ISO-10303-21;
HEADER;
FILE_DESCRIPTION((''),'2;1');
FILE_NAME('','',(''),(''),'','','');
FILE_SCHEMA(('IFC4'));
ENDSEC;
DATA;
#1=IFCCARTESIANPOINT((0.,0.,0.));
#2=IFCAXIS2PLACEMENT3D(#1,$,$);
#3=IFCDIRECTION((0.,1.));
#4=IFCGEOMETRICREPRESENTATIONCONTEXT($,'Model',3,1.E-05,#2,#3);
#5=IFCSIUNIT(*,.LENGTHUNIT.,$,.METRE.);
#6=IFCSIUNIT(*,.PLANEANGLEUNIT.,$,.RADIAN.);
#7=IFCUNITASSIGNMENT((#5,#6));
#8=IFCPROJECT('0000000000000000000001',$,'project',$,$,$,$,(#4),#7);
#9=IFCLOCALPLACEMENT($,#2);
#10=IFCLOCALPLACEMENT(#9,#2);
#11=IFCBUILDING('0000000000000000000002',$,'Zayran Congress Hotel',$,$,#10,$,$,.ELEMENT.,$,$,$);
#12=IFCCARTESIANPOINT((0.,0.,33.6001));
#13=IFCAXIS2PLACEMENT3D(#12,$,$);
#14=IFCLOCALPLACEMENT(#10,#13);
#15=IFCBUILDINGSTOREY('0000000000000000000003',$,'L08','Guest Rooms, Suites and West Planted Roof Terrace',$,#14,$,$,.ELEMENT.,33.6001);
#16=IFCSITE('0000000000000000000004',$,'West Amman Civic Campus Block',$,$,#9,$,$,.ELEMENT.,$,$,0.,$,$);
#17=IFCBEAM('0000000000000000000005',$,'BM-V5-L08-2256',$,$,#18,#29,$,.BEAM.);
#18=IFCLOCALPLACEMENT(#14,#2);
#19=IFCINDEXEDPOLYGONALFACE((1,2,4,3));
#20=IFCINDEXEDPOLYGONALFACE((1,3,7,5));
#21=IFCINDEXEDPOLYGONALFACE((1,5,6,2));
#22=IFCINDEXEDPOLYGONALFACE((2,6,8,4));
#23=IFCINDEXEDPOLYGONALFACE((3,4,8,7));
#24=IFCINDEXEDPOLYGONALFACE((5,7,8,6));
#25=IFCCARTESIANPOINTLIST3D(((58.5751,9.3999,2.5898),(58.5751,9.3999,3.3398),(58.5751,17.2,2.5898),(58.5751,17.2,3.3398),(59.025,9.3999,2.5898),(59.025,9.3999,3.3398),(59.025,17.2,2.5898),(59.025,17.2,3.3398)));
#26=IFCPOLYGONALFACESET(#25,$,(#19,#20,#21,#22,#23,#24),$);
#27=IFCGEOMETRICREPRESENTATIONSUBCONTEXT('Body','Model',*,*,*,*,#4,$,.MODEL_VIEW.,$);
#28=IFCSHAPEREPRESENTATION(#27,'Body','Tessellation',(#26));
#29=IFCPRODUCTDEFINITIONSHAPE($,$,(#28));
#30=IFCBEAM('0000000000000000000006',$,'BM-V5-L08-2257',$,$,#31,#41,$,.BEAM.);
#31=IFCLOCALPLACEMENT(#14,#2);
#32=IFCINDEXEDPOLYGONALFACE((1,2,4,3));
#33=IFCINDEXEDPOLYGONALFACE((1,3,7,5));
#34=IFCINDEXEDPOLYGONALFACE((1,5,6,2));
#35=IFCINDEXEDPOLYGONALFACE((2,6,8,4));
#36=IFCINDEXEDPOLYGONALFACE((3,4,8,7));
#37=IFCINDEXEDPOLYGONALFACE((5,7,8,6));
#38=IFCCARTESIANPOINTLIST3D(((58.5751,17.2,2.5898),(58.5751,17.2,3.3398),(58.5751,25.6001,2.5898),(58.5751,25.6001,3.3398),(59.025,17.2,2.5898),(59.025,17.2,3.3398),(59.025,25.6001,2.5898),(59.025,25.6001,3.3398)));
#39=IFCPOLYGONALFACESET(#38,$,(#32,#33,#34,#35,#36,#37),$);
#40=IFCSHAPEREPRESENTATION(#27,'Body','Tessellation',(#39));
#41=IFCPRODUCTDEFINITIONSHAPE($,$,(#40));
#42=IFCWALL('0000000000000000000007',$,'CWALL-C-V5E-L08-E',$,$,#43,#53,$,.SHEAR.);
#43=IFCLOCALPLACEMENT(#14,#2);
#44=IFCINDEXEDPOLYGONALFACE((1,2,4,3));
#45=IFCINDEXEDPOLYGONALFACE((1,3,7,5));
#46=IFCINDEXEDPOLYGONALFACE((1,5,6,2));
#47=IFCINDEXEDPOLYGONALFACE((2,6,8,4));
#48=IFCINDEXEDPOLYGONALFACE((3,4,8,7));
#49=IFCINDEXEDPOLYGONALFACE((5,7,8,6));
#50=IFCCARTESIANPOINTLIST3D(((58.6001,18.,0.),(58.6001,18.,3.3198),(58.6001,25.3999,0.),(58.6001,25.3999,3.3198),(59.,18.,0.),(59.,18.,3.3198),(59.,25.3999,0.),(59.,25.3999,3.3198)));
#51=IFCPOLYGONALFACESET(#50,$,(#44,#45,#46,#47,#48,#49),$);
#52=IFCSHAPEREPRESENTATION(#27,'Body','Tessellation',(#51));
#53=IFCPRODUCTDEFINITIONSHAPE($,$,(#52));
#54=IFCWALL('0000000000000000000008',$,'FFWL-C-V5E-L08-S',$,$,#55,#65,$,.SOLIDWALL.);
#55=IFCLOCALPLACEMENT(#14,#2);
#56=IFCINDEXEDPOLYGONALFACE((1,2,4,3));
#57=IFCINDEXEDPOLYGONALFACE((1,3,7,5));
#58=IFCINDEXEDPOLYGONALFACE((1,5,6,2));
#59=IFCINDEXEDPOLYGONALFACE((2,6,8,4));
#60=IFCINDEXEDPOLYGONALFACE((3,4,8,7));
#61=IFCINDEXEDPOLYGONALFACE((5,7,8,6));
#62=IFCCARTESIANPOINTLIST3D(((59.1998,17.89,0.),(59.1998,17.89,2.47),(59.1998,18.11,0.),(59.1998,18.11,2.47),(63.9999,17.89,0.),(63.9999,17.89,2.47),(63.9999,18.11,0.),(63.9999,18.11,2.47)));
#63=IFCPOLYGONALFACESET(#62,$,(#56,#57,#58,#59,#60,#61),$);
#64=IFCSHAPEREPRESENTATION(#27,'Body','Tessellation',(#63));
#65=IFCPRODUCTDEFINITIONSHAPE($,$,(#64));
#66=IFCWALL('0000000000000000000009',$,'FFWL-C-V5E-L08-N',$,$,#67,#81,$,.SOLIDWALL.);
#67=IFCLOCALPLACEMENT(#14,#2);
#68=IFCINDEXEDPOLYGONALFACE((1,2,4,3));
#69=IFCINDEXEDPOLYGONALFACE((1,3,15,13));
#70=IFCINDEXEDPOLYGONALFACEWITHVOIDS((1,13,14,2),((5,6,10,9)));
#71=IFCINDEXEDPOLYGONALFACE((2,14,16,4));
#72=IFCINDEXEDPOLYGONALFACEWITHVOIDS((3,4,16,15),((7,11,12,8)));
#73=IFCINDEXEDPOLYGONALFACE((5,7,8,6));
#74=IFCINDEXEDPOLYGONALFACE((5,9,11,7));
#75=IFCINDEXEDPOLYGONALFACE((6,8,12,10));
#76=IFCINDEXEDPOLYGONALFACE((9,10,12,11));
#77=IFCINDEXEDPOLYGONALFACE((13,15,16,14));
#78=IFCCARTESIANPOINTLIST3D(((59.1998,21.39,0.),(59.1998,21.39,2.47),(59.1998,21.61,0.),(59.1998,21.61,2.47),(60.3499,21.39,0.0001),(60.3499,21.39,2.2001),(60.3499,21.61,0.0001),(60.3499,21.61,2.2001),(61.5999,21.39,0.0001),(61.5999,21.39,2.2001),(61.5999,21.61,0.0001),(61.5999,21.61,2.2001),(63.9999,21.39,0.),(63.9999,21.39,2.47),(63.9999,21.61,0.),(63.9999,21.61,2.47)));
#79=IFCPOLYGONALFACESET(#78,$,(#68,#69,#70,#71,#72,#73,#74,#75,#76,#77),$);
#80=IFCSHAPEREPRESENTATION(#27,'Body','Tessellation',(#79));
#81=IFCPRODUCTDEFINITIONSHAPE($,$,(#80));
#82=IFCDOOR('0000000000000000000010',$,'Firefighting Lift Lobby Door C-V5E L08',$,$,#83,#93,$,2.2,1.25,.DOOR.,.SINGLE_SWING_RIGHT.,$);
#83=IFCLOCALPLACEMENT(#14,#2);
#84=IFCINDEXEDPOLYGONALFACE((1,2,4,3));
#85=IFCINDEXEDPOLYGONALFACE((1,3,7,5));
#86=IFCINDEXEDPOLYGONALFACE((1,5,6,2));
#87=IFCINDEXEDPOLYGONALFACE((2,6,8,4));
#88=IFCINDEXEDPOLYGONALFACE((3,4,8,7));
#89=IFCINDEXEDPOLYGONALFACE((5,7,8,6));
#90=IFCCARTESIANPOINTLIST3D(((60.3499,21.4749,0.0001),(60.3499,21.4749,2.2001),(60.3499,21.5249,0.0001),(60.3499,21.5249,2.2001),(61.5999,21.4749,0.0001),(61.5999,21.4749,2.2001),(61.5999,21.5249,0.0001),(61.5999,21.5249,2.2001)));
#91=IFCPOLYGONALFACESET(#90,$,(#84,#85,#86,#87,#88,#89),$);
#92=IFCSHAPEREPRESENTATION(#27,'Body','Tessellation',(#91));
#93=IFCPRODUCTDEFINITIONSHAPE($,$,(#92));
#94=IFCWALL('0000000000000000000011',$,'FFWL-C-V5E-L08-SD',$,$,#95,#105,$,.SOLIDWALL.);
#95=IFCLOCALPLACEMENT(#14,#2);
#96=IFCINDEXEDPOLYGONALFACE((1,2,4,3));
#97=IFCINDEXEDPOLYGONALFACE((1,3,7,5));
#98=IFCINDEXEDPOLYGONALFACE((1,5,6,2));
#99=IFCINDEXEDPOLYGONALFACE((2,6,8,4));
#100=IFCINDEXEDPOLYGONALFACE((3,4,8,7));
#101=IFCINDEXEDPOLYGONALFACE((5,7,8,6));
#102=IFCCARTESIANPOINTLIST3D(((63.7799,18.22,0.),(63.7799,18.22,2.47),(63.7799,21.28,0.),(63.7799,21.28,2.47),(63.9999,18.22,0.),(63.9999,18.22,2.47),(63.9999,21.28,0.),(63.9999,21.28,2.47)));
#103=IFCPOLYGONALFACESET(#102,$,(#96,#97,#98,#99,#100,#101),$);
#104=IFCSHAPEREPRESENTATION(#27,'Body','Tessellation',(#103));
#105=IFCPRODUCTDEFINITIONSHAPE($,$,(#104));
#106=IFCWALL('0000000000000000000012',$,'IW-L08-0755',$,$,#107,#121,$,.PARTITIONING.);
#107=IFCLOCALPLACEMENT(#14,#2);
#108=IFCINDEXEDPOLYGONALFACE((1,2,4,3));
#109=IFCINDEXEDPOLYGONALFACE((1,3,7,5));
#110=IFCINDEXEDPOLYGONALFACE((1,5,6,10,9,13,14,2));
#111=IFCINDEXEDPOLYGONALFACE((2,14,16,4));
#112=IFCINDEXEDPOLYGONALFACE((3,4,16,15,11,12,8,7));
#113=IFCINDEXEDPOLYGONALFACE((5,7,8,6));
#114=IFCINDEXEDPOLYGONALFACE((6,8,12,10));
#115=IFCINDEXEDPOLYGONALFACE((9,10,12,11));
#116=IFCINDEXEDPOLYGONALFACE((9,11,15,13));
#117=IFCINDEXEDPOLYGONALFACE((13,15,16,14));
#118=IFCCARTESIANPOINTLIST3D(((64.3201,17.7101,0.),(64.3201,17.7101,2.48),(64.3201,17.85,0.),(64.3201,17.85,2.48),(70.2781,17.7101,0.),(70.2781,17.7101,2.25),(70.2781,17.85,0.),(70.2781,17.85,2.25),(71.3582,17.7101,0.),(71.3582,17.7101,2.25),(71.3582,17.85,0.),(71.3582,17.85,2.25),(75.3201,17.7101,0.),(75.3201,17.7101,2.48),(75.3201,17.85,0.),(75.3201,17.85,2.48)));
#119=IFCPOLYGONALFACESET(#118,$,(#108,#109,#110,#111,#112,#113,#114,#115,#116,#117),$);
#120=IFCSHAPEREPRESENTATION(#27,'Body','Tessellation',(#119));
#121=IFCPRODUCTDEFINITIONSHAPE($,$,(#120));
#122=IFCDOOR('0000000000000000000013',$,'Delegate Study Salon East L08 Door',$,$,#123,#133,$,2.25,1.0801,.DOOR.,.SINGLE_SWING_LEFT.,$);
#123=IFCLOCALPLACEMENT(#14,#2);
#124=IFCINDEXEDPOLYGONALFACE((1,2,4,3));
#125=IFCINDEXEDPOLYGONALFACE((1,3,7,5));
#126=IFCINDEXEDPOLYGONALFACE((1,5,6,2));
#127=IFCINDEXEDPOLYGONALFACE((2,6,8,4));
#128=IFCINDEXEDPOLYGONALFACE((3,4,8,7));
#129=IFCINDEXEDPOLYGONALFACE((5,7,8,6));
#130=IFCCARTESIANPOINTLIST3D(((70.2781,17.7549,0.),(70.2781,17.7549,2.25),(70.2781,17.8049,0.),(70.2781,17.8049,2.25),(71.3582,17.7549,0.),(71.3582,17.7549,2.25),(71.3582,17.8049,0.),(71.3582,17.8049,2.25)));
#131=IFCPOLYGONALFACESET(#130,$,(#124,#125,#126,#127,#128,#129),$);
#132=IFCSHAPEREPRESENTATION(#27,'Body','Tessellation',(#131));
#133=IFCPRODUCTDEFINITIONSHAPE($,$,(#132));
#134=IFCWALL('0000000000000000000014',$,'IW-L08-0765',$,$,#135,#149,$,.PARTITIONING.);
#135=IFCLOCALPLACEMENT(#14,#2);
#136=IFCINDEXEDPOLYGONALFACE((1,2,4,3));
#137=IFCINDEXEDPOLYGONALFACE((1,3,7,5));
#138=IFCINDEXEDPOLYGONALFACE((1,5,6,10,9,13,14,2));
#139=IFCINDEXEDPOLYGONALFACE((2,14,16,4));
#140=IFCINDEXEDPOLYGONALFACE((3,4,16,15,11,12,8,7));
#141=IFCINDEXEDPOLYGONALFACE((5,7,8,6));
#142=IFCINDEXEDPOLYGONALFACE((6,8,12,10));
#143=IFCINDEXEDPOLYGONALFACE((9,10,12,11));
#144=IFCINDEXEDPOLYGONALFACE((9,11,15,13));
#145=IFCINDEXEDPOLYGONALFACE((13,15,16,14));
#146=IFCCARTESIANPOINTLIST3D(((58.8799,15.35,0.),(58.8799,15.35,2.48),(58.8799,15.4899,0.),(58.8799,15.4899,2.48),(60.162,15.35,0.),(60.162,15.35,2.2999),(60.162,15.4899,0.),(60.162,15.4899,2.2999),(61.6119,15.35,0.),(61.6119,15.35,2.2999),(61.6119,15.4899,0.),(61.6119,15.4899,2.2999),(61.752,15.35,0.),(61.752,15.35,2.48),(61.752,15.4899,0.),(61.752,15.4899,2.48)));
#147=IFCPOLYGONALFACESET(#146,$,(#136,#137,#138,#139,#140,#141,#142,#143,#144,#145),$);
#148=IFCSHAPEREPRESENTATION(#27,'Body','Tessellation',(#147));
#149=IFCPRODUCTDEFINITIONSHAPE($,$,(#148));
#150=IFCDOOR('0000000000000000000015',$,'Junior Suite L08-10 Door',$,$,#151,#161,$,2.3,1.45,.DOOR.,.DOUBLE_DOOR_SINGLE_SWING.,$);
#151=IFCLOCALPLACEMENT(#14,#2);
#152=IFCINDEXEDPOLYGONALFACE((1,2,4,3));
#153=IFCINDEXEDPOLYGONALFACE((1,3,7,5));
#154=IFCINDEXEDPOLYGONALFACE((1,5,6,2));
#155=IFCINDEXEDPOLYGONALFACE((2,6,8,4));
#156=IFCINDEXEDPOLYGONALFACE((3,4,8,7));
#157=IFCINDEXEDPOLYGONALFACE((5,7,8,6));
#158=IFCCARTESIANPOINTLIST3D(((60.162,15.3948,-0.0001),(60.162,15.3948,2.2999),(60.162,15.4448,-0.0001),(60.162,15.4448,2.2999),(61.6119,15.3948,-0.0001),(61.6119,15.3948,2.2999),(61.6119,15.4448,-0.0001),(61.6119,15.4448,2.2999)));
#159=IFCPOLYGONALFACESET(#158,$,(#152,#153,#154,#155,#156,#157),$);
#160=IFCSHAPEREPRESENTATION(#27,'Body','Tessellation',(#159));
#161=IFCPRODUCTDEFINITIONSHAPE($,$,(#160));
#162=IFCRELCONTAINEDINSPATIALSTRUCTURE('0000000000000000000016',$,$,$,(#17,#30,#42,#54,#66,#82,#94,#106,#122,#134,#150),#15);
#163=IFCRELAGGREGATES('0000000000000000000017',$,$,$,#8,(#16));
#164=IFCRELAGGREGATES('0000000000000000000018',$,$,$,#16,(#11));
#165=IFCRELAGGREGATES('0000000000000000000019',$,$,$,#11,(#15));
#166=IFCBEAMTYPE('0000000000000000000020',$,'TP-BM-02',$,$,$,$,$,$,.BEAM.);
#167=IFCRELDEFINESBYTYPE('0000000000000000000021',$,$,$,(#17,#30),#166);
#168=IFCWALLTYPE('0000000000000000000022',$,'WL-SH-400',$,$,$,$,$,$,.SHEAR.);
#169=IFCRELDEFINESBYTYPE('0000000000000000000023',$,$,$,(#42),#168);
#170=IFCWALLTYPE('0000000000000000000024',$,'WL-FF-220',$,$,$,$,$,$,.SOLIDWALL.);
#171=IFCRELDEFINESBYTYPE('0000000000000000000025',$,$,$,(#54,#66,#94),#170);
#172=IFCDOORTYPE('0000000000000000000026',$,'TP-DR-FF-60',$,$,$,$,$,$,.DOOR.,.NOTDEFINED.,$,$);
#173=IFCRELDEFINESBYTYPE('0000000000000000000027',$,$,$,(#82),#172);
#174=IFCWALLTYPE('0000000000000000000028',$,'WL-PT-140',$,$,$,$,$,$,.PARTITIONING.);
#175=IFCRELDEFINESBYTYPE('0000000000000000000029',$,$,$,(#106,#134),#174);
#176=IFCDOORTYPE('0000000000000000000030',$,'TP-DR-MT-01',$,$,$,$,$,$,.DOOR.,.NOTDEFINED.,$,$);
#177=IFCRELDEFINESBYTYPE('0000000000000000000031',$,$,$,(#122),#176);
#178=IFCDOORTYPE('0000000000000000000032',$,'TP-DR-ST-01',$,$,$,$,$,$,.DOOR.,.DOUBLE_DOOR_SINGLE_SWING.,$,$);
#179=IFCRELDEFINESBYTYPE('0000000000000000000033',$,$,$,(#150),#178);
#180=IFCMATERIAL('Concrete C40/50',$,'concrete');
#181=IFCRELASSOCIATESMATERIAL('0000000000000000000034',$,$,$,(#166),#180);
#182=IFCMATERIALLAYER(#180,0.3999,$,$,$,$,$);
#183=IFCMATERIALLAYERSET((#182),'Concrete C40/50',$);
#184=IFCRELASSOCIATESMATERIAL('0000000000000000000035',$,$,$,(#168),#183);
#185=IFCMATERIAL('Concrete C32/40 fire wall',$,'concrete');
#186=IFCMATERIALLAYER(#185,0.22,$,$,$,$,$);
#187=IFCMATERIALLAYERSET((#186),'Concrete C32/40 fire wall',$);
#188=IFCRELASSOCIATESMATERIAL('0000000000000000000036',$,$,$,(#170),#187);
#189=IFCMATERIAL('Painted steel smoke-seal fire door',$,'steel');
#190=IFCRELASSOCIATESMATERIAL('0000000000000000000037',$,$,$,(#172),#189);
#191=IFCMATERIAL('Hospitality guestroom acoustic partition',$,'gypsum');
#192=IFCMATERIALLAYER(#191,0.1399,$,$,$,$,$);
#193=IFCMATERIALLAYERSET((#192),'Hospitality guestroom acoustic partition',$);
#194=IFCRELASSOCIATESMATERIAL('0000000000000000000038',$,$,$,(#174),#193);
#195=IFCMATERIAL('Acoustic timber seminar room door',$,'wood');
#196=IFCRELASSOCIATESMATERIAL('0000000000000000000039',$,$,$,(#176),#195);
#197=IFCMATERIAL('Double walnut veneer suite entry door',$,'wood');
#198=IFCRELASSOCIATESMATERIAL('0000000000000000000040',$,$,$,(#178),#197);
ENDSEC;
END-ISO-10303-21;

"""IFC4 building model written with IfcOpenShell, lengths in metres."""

from ifc_helpers import new_model, si_unit, direction, frame, frame_2d, origin, origin_2d, place, context, subcontext, project, spatial, rectangle, extrude, material, layer, layer_set, material_profile, profile_set, type_object, element, fill, save


model = new_model("IFC4")

# Units and contexts
model_context = context("Model", 3, precision=1e-05, world=origin(), true_north=direction((0.0, 1.0)))
body_context = subcontext(model_context, "Body", "Model", "MODEL_VIEW")
ifc_project = project(units=[si_unit("LENGTHUNIT", "METRE"), si_unit("PLANEANGLEUNIT", "RADIAN")], contexts=[model_context])

# Site, building, storey
site_placement = place(None, origin())
site = spatial("IfcSite", under=ifc_project, at=site_placement, Name="West Amman Civic Campus Block", CompositionType="ELEMENT", RefElevation=0.0)
building_placement = place(site_placement, origin())
building = spatial("IfcBuilding", under=site, at=building_placement, Name="Zayran Congress Hotel", CompositionType="ELEMENT")
storey_placement = place(building_placement, frame((0.0, 0.0, 33.6001)))
storey = spatial("IfcBuildingStorey", under=building, at=storey_placement, Name="L08", Description="Guest Rooms, Suites and West Planted Roof Terrace", CompositionType="ELEMENT", Elevation=33.6001)

# Beams
ifc_material_1 = material(Name="Concrete C40/50", Category="concrete")
ifc_material_profile = material_profile(ifc_material_1, rectangle(XDim=0.45, YDim=0.75, at=origin_2d()), Name="RC 450x750")
ifc_profile_set = profile_set([ifc_material_profile], Name="Concrete C40/50")
beam_type = type_object("IfcBeamType", Name="TP-BM-02", PredefinedType="BEAM", material=ifc_profile_set)
beam_1_placement = place(storey_placement, frame((58.8, 9.3999, 2.9648), z_axis=(0.0, 1.0, 0.0), x_axis=(-1.0, 0.0, 0.0)))
element("IfcBeam", 1, at=beam_1_placement, inside=storey, type_object=beam_type, Name="BM-V5-L08-2256", PredefinedType="BEAM", context=body_context, shape_type="SweptSolid", body=[
    extrude(rectangle(XDim=0.45, YDim=0.75, at=origin_2d()), origin(), (0.0, 0.0, 1.0), 7.8),
])
beam_2_placement = place(storey_placement, frame((58.8, 17.2, 2.9648), z_axis=(0.0, 1.0, 0.0), x_axis=(-1.0, 0.0, 0.0)))
element("IfcBeam", 2, at=beam_2_placement, inside=storey, type_object=beam_type, Name="BM-V5-L08-2257", PredefinedType="BEAM", context=body_context, shape_type="SweptSolid", body=[
    extrude(rectangle(XDim=0.45, YDim=0.75, at=origin_2d()), origin(), (0.0, 0.0, 1.0), 8.4001),
])

# Walls
ifc_layer_1 = layer(ifc_material_1, 0.3999)
ifc_layer_set_1 = layer_set([ifc_layer_1], Name="Concrete C40/50")
wall_type_1 = type_object("IfcWallType", Name="WL-SH-400", PredefinedType="SHEAR", material=ifc_layer_set_1)
wall_1_placement = place(storey_placement, frame((58.8, 18.0, 0.0), z_axis=(0.0, 0.0, 1.0), x_axis=(0.0, 1.0, 0.0)))
element("IfcWall", 3, at=wall_1_placement, inside=storey, type_object=wall_type_1, Name="CWALL-C-V5E-L08-E", PredefinedType="SHEAR", context=body_context, shape_type="SweptSolid", body=[
    extrude(rectangle(XDim=7.3999, YDim=0.3999, at=frame_2d((3.7, 0.0))), origin(), (0.0, 0.0, 1.0), 3.3198),
])
ifc_material_2 = material(Name="Concrete C32/40 fire wall", Category="concrete")
ifc_layer_2 = layer(ifc_material_2, 0.22)
ifc_layer_set_2 = layer_set([ifc_layer_2], Name="Concrete C32/40 fire wall")
wall_type_2 = type_object("IfcWallType", Name="WL-FF-220", PredefinedType="SOLIDWALL", material=ifc_layer_set_2)
wall_2_placement = place(storey_placement, frame((59.2, 18.0, 0.0), z_axis=(0.0, 0.0, 1.0), x_axis=(1.0, 0.0, 0.0)))
element("IfcWall", 4, at=wall_2_placement, inside=storey, type_object=wall_type_2, Name="FFWL-C-V5E-L08-S", PredefinedType="SOLIDWALL", context=body_context, shape_type="SweptSolid", body=[
    extrude(rectangle(XDim=4.8, YDim=0.22, at=frame_2d((2.3999, 0.0))), origin(), (0.0, 0.0, 1.0), 2.47),
])

# Wall, opening, door
wall_3_placement = place(storey_placement, frame((59.2, 21.5, 0.0), z_axis=(0.0, 0.0, 1.0), x_axis=(1.0, 0.0, 0.0)))
wall_3 = element("IfcWall", 5, at=wall_3_placement, inside=storey, type_object=wall_type_2, Name="FFWL-C-V5E-L08-N", PredefinedType="SOLIDWALL", context=body_context, shape_type="SweptSolid", body=[
    extrude(rectangle(XDim=4.8, YDim=0.22, at=frame_2d((2.3999, 0.0))), origin(), (0.0, 0.0, 1.0), 2.47),
])
opening_1_placement = place(wall_3_placement, frame((1.1499, 0.0, 0.0)))
opening_1 = element("IfcOpeningElement", 6, at=opening_1_placement, cuts=wall_3, PredefinedType="OPENING", context=body_context, shape_type="SweptSolid", body=[
    extrude(rectangle(XDim=1.25, YDim=2.2, at=frame_2d((0.625, 1.1001))), frame((0.0, 0.1199, 0.0), z_axis=(0.0, -1.0, 0.0), x_axis=(1.0, 0.0, 0.0)), (0.0, 0.0, 1.0), 0.24),
])
ifc_material_3 = material(Name="Painted steel smoke-seal fire door", Category="steel")
door_type_1 = type_object("IfcDoorType", Name="TP-DR-FF-60", OperationType="NOTDEFINED", PredefinedType="DOOR", material=ifc_material_3)
door_1_placement = place(opening_1_placement, origin())
door_1 = element("IfcDoor", 7, at=door_1_placement, inside=storey, type_object=door_type_1, Name="Firefighting Lift Lobby Door C-V5E L08", OperationType="SINGLE_SWING_RIGHT", OverallHeight=2.2, OverallWidth=1.25, PredefinedType="DOOR", context=body_context, shape_type="SweptSolid", body=[
    extrude(rectangle(XDim=1.25, YDim=2.2, at=frame_2d((0.625, 1.1001))), frame((0.0, 0.0249, 0.0), z_axis=(0.0, -1.0, 0.0), x_axis=(1.0, 0.0, 0.0)), (0.0, 0.0, 1.0), 0.05),
])
fill(opening_1, door_1)

# Wall
wall_4_placement = place(storey_placement, frame((63.8899, 18.22, 0.0), z_axis=(0.0, 0.0, 1.0), x_axis=(0.0, 1.0, 0.0)))
element("IfcWall", 8, at=wall_4_placement, inside=storey, type_object=wall_type_2, Name="FFWL-C-V5E-L08-SD", PredefinedType="SOLIDWALL", context=body_context, shape_type="SweptSolid", body=[
    extrude(rectangle(XDim=3.0601, YDim=0.22, at=frame_2d((1.53, 0.0))), origin(), (0.0, 0.0, 1.0), 2.47),
])

# Walls, openings, doors
ifc_material_4 = material(Name="Hospitality guestroom acoustic partition", Category="gypsum")
ifc_layer_3 = layer(ifc_material_4, 0.1399)
ifc_layer_set_3 = layer_set([ifc_layer_3], Name="Hospitality guestroom acoustic partition")
wall_type_3 = type_object("IfcWallType", Name="WL-PT-140", PredefinedType="PARTITIONING", material=ifc_layer_set_3)
wall_5_placement = place(storey_placement, frame((64.3201, 17.78, 0.0), z_axis=(0.0, 0.0, 1.0), x_axis=(1.0, 0.0, 0.0)))
wall_5 = element("IfcWall", 9, at=wall_5_placement, inside=storey, type_object=wall_type_3, Name="IW-L08-0755", PredefinedType="PARTITIONING", context=body_context, shape_type="SweptSolid", body=[
    extrude(rectangle(XDim=11.0, YDim=0.1399, at=frame_2d((5.5, 0.0))), origin(), (0.0, 0.0, 1.0), 2.48),
])
opening_2_placement = place(wall_5_placement, frame((5.958, 0.0, 0.0)))
opening_2 = element("IfcOpeningElement", 10, at=opening_2_placement, cuts=wall_5, PredefinedType="OPENING", context=body_context, shape_type="SweptSolid", body=[
    extrude(rectangle(XDim=1.0801, YDim=2.25, at=frame_2d((0.54, 1.125))), frame((0.0, 0.0798, 0.0), z_axis=(0.0, -1.0, 0.0), x_axis=(1.0, 0.0, 0.0)), (0.0, 0.0, 1.0), 0.1599),
])
ifc_material_5 = material(Name="Acoustic timber seminar room door", Category="wood")
door_type_2 = type_object("IfcDoorType", Name="TP-DR-MT-01", OperationType="NOTDEFINED", PredefinedType="DOOR", material=ifc_material_5)
door_2_placement = place(opening_2_placement, origin())
door_2 = element("IfcDoor", 11, at=door_2_placement, inside=storey, type_object=door_type_2, Name="Delegate Study Salon East L08 Door", OperationType="SINGLE_SWING_LEFT", OverallHeight=2.25, OverallWidth=1.0801, PredefinedType="DOOR", context=body_context, shape_type="SweptSolid", body=[
    extrude(rectangle(XDim=1.0801, YDim=2.25, at=frame_2d((0.54, 1.125))), frame((0.0, 0.0249, 0.0), z_axis=(0.0, -1.0, 0.0), x_axis=(1.0, 0.0, 0.0)), (0.0, 0.0, 1.0), 0.05),
])
fill(opening_2, door_2)
wall_6_placement = place(storey_placement, frame((58.8799, 15.4199, 0.0), z_axis=(0.0, 0.0, 1.0), x_axis=(1.0, 0.0, 0.0)))
wall_6 = element("IfcWall", 12, at=wall_6_placement, inside=storey, type_object=wall_type_3, Name="IW-L08-0765", PredefinedType="PARTITIONING", context=body_context, shape_type="SweptSolid", body=[
    extrude(rectangle(XDim=2.8721, YDim=0.1399, at=frame_2d((1.436, 0.0))), origin(), (0.0, 0.0, 1.0), 2.48),
])
opening_3_placement = place(wall_6_placement, frame((1.282, 0.0, 0.0)))
opening_3 = element("IfcOpeningElement", 13, at=opening_3_placement, cuts=wall_6, PredefinedType="OPENING", context=body_context, shape_type="SweptSolid", body=[
    extrude(rectangle(XDim=1.45, YDim=2.3, at=frame_2d((0.7251, 1.1499))), frame((0.0, 0.0798, 0.0), z_axis=(0.0, -1.0, 0.0), x_axis=(1.0, 0.0, 0.0)), (0.0, 0.0, 1.0), 0.1599),
])
ifc_material_6 = material(Name="Double walnut veneer suite entry door", Category="wood")
door_type_3 = type_object("IfcDoorType", Name="TP-DR-ST-01", OperationType="DOUBLE_DOOR_SINGLE_SWING", PredefinedType="DOOR", material=ifc_material_6)
door_3_placement = place(opening_3_placement, origin())
door_3 = element("IfcDoor", 14, at=door_3_placement, inside=storey, type_object=door_type_3, Name="Junior Suite L08-10 Door", OperationType="DOUBLE_DOOR_SINGLE_SWING", OverallHeight=2.3, OverallWidth=1.45, PredefinedType="DOOR", context=body_context, shape_type="SweptSolid", body=[
    extrude(rectangle(XDim=1.45, YDim=2.3, at=frame_2d((0.7251, 1.1499))), frame((0.0, 0.0249, 0.0), z_axis=(0.0, -1.0, 0.0), x_axis=(1.0, 0.0, 0.0)), (0.0, 0.0, 1.0), 0.05),
])
fill(opening_3, door_3)

save(model, "model.ifc")
